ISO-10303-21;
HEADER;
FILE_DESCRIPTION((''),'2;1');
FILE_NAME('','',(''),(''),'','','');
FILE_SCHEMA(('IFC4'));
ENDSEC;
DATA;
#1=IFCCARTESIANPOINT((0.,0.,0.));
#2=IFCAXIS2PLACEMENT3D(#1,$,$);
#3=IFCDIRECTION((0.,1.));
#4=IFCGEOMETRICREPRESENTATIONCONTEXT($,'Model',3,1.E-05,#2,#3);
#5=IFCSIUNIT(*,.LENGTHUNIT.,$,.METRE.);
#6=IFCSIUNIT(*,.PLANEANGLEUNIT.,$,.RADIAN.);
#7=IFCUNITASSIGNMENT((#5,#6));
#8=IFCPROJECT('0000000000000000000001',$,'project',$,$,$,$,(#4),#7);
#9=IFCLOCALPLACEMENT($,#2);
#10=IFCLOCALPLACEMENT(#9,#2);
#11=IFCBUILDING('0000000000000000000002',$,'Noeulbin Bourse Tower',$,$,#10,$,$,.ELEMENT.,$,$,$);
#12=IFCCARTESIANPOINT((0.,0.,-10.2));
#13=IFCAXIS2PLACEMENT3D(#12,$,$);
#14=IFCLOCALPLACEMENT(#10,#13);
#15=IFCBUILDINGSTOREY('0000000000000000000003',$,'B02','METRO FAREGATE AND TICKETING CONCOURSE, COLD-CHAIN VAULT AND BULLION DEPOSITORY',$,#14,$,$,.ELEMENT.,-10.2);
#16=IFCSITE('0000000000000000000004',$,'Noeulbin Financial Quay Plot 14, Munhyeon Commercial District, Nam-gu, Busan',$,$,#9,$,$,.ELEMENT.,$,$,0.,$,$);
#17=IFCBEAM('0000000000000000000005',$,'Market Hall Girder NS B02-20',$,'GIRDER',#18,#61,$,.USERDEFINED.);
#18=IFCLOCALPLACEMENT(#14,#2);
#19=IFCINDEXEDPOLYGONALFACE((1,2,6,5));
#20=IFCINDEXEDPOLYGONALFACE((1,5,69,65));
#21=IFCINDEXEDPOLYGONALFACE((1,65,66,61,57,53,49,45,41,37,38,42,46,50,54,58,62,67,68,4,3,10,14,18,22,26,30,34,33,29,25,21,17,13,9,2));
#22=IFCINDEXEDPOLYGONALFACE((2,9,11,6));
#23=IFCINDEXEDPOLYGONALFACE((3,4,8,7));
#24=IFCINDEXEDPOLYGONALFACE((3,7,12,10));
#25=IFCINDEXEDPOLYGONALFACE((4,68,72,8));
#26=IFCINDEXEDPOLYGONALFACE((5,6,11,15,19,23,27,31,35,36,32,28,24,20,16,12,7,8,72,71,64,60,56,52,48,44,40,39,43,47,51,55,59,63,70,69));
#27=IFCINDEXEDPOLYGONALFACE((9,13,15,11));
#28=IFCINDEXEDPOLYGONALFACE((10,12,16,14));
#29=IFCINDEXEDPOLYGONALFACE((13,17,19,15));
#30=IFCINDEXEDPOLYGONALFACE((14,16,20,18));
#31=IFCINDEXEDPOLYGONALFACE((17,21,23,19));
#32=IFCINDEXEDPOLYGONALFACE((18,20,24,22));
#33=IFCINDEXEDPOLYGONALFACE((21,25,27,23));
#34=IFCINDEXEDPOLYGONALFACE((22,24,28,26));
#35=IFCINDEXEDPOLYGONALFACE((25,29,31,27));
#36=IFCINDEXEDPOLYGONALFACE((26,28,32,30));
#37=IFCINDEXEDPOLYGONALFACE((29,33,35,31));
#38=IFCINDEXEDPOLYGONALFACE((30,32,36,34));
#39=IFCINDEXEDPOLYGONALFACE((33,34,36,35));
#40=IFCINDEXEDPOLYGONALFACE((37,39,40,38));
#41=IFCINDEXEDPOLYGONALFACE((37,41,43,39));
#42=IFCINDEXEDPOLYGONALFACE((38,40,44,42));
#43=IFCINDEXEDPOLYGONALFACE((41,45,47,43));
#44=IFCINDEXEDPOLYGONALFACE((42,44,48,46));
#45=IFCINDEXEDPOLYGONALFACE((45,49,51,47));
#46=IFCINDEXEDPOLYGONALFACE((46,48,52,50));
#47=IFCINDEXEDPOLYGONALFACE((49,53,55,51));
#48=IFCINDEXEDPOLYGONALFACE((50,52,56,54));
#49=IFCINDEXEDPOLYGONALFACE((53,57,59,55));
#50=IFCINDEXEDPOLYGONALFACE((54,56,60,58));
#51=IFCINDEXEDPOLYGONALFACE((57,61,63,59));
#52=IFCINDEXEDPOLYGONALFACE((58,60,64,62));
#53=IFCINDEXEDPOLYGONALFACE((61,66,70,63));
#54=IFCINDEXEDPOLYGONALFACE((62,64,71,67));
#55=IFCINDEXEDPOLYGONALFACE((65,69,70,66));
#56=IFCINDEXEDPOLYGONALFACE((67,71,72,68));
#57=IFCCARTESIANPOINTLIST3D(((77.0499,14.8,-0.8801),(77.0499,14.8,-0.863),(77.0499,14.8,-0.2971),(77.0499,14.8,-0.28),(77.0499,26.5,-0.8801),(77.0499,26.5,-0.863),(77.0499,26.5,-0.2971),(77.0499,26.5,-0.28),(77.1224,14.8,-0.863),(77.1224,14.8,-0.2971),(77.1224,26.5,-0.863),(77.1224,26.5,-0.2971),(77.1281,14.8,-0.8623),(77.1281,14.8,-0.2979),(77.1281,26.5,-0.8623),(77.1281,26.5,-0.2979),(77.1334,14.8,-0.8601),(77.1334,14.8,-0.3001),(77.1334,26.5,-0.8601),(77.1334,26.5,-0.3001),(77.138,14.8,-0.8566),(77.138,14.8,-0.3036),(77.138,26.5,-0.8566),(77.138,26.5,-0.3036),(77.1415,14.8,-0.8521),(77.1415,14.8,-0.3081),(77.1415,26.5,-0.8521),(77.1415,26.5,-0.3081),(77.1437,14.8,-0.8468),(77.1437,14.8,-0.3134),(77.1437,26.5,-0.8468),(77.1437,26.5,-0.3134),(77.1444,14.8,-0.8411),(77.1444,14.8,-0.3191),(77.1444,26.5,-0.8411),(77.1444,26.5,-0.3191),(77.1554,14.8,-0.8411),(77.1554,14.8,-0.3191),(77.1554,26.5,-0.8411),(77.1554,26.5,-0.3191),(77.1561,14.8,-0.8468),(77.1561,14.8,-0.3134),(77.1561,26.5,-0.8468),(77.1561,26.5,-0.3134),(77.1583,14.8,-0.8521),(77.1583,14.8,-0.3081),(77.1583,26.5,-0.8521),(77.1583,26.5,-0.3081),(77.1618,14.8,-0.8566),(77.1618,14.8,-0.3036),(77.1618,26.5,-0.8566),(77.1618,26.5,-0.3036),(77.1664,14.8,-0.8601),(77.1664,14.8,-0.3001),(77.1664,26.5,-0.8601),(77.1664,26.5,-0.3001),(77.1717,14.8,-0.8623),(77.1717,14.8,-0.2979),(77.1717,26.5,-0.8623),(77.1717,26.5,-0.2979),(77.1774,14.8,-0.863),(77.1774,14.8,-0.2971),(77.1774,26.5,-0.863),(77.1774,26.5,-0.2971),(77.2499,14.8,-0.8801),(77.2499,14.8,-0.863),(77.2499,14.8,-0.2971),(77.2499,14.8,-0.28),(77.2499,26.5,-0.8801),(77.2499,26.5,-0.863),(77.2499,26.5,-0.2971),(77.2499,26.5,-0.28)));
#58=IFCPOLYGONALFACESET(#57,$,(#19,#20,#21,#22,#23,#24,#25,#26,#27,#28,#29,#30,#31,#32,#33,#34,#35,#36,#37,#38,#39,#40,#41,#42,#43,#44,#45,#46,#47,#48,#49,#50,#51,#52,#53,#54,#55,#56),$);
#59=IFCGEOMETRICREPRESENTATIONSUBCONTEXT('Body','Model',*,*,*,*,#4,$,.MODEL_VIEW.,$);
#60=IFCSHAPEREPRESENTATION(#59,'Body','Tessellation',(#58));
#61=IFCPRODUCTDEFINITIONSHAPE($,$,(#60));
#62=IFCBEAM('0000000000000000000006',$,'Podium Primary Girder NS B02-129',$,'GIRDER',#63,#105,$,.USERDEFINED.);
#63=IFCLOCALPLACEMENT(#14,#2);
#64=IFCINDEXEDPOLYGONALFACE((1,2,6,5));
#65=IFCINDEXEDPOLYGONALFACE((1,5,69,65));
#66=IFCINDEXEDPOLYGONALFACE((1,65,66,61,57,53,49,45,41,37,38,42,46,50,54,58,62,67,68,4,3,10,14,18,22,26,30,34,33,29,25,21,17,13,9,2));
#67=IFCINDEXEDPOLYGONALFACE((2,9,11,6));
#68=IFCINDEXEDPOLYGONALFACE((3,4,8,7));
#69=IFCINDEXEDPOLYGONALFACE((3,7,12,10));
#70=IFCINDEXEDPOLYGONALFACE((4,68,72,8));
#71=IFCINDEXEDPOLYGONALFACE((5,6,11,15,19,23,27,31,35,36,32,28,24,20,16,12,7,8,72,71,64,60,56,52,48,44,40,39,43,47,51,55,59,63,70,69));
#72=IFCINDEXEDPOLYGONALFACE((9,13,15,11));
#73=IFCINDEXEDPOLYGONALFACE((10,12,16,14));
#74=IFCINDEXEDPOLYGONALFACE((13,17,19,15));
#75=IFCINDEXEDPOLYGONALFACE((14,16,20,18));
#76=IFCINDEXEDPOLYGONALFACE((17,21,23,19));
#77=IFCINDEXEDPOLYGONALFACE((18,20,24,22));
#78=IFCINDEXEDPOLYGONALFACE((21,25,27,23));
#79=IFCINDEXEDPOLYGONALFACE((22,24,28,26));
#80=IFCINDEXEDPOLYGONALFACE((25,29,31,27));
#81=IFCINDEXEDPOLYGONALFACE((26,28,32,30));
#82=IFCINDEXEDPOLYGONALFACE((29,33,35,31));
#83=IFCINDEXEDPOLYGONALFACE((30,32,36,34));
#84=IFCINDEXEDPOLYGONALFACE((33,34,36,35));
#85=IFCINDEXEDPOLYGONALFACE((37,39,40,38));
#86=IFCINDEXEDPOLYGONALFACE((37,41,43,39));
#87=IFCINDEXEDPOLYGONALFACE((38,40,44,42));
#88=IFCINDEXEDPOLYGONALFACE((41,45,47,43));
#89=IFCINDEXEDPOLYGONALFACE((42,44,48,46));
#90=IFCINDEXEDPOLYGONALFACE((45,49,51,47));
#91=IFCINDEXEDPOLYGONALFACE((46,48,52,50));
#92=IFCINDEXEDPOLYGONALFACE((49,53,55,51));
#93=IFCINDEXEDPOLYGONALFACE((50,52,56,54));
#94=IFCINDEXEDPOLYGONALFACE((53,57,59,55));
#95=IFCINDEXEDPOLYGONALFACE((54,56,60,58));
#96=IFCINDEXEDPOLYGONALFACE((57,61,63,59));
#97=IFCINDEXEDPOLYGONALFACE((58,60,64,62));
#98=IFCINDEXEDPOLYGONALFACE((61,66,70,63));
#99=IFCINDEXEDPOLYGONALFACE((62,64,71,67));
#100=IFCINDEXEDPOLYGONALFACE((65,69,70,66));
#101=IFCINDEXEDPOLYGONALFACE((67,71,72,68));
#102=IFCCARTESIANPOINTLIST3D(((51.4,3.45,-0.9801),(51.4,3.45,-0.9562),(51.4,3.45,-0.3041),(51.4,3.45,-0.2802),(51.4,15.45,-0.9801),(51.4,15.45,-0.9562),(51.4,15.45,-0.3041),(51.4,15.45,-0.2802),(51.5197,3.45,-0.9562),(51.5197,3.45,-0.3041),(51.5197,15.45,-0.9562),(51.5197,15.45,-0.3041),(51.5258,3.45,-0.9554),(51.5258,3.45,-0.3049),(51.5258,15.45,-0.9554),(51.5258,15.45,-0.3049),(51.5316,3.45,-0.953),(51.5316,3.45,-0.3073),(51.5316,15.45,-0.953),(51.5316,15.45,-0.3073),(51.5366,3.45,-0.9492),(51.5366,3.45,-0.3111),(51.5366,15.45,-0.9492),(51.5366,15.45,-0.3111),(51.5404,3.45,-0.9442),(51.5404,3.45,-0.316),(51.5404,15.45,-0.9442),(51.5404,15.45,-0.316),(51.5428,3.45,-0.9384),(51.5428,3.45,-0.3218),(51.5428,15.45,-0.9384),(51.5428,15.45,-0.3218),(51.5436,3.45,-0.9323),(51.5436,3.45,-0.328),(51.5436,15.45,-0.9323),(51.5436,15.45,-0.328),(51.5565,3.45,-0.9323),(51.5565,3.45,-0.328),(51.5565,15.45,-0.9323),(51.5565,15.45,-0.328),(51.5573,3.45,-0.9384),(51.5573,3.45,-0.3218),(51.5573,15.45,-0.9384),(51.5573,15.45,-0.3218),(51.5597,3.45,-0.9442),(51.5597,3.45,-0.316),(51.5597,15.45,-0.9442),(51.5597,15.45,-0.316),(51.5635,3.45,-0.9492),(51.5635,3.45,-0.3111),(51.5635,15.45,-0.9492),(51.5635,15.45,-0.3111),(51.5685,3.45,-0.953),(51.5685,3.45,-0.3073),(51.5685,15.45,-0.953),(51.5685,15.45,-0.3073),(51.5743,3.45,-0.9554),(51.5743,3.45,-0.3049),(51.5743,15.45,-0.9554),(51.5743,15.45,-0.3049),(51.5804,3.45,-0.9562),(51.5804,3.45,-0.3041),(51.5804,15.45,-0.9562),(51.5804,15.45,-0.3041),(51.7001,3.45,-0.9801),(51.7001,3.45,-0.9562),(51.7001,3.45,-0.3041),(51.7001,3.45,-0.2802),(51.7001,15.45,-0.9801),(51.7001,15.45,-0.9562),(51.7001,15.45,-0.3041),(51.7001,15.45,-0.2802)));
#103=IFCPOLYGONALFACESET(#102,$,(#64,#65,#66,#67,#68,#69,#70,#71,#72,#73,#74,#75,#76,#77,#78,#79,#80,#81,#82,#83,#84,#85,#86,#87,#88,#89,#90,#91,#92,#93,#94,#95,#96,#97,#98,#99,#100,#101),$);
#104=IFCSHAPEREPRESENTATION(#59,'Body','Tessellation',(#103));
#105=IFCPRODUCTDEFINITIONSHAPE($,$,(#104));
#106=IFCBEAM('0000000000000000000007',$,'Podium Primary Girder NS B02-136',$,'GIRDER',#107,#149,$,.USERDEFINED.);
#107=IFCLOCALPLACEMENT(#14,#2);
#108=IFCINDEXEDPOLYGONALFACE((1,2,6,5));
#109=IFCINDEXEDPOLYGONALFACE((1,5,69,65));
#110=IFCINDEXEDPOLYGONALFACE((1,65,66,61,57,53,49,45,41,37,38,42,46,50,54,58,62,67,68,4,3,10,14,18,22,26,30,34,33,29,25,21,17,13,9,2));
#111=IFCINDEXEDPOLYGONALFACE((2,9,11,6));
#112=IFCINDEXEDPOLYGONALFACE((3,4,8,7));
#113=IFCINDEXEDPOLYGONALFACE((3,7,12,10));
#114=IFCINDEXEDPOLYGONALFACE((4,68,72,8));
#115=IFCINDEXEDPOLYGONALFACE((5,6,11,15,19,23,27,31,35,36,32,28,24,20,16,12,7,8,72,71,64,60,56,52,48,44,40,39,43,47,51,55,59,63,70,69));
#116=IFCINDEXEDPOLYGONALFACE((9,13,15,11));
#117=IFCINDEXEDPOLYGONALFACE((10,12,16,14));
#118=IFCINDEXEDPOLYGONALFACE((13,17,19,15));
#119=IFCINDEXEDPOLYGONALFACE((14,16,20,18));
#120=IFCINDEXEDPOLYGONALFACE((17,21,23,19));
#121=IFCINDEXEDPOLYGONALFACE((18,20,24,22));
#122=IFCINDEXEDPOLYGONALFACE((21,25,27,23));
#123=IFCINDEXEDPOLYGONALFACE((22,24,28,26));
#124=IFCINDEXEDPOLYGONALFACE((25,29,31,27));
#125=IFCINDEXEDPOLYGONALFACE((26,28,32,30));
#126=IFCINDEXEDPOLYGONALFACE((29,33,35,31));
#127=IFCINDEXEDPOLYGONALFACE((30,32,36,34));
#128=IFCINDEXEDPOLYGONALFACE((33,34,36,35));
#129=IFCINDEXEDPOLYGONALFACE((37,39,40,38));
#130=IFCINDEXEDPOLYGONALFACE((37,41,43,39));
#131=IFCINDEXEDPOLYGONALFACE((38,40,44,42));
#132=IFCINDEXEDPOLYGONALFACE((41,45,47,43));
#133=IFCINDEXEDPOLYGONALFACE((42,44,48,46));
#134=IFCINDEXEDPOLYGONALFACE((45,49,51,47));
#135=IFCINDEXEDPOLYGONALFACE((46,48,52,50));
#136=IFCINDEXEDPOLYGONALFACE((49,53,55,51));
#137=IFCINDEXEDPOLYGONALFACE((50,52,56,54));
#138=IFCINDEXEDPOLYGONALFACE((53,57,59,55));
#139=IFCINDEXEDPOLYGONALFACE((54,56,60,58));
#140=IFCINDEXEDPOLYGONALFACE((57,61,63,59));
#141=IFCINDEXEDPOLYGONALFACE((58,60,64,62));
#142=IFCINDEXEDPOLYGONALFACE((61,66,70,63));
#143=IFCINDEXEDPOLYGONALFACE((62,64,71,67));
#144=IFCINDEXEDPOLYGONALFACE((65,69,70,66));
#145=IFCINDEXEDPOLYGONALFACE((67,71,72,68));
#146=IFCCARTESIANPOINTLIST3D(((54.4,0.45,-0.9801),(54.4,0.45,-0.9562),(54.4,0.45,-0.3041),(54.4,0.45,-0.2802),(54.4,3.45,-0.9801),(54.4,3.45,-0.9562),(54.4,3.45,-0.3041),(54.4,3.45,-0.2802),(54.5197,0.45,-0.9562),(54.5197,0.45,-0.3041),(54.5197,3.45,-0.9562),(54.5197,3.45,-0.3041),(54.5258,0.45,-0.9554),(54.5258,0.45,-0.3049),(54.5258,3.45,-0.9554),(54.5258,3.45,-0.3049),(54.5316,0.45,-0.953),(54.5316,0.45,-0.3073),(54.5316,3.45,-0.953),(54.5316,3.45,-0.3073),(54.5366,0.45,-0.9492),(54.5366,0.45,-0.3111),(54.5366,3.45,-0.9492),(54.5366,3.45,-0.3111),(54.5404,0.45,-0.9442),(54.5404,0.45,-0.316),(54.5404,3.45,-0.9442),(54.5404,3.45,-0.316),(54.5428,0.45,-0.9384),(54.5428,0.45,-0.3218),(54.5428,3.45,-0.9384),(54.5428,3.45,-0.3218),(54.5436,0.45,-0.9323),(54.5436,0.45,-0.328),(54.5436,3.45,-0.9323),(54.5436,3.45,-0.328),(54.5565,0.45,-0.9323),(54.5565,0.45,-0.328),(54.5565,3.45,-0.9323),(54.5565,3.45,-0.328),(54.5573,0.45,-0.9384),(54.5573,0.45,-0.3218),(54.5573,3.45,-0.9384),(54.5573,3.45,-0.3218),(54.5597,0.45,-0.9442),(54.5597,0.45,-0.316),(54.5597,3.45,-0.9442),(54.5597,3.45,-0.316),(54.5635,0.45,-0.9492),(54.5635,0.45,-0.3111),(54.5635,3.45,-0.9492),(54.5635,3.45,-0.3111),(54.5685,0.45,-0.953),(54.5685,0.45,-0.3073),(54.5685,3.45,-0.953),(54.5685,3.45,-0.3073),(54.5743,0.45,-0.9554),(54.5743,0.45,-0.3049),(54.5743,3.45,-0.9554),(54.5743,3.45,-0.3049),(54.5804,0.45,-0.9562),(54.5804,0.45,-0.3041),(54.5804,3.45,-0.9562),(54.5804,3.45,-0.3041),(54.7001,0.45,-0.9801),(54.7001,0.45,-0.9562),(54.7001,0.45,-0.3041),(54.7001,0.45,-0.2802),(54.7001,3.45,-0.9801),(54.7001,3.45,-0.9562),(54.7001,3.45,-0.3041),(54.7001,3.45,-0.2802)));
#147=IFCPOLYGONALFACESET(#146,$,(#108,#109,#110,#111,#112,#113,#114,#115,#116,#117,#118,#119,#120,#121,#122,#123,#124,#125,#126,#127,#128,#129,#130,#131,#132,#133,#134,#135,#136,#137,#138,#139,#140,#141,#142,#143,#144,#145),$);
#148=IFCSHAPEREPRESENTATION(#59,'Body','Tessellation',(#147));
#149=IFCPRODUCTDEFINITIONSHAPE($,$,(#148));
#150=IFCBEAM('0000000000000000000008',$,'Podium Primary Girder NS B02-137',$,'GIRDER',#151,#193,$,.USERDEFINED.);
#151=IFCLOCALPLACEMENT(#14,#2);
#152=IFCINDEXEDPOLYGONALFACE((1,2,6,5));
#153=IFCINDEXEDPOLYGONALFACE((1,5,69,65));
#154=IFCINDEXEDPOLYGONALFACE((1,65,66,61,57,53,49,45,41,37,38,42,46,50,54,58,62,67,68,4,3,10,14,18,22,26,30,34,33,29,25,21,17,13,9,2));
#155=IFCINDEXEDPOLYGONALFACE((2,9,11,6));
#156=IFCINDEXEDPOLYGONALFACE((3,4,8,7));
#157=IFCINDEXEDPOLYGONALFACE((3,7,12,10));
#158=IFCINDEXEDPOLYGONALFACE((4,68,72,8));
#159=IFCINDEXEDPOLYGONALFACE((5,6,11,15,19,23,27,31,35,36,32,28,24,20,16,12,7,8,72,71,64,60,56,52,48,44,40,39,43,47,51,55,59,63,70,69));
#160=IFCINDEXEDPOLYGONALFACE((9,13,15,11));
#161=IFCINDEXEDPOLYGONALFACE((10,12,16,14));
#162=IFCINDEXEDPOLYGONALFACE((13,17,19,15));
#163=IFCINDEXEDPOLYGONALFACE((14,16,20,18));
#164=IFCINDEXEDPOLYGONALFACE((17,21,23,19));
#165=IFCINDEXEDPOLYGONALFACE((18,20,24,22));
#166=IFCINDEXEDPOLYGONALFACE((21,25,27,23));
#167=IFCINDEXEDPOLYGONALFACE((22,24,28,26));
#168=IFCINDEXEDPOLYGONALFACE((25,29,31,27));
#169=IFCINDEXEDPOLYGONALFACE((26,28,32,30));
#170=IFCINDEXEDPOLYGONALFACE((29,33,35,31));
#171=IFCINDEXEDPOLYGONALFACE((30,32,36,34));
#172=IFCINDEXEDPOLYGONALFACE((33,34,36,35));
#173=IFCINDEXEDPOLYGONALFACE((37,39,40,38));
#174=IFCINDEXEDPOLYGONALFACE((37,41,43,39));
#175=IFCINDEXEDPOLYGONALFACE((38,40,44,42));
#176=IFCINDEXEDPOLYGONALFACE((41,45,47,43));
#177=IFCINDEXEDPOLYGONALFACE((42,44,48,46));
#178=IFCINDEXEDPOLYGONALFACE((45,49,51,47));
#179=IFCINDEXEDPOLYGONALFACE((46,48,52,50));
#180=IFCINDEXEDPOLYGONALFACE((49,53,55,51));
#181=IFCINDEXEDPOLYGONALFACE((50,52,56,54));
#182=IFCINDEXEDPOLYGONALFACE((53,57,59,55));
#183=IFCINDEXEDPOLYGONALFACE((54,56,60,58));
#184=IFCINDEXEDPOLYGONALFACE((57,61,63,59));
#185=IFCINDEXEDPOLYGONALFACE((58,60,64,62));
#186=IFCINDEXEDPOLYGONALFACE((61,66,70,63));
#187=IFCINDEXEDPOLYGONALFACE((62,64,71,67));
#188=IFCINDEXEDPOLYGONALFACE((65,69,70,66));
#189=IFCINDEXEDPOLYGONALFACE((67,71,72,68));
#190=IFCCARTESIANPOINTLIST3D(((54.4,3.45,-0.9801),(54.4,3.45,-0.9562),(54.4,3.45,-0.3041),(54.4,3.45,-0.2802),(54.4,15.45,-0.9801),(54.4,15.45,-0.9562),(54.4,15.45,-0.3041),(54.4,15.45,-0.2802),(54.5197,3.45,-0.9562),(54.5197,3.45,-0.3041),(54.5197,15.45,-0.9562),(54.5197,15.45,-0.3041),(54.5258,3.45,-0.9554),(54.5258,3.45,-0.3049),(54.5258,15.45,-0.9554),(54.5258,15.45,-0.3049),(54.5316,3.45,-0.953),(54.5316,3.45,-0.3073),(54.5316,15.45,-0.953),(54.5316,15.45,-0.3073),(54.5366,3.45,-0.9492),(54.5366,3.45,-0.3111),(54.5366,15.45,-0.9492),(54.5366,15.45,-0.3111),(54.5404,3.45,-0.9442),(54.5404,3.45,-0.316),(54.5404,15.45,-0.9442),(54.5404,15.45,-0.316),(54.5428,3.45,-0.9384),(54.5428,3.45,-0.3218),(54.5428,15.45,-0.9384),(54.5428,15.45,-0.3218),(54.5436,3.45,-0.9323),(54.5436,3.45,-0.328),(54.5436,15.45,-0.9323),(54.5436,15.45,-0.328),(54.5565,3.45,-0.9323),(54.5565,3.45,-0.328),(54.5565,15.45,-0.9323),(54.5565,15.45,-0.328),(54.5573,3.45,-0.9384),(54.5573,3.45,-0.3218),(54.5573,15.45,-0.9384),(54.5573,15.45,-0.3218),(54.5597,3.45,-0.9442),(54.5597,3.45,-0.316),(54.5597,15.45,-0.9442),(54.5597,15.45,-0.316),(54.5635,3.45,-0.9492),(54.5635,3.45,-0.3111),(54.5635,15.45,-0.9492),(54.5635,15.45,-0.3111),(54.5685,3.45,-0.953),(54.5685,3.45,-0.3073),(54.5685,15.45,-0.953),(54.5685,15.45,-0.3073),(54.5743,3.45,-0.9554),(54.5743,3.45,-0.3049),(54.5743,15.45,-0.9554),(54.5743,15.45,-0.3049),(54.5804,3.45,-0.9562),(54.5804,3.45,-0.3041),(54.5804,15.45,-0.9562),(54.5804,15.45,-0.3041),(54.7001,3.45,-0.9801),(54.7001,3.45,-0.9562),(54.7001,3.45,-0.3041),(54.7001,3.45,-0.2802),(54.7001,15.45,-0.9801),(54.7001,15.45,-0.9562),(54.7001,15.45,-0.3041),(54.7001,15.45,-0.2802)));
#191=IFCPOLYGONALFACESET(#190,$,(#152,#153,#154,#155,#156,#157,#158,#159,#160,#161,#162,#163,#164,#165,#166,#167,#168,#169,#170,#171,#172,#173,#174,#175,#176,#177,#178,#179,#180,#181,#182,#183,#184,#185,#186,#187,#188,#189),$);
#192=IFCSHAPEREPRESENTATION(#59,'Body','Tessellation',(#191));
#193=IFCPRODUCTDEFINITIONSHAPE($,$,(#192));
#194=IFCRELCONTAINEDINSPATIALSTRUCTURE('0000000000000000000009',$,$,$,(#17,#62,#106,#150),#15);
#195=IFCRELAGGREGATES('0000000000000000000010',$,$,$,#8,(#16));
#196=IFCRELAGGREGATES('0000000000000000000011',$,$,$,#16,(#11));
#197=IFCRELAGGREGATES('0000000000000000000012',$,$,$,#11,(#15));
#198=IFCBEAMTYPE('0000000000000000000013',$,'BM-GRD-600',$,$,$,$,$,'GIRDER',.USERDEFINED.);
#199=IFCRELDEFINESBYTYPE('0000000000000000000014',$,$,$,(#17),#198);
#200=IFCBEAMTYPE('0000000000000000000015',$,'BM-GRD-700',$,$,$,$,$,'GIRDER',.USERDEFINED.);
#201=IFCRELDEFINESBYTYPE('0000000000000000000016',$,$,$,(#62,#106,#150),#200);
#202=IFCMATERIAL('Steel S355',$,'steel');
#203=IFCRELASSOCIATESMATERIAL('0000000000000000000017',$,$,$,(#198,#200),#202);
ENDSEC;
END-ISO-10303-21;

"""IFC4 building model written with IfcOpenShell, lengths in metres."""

from ifc_helpers import new_model, si_unit, direction, frame, origin, origin_2d, place, context, subcontext, project, spatial, i_section, extrude, material, material_profile, profile_set, type_object, element, save


model = new_model("IFC4")

# Units and contexts
model_context = context("Model", 3, precision=1e-05, world=origin(), true_north=direction((0.0, 1.0)))
body_context = subcontext(model_context, "Body", "Model", "MODEL_VIEW")
ifc_project = project(units=[si_unit("LENGTHUNIT", "METRE"), si_unit("PLANEANGLEUNIT", "RADIAN")], contexts=[model_context])

# Site, building, storey
site_placement = place(None, origin())
site = spatial("IfcSite", under=ifc_project, at=site_placement, Name="Noeulbin Financial Quay Plot 14, Munhyeon Commercial District, Nam-gu, Busan", CompositionType="ELEMENT", RefElevation=0.0)
building_placement = place(site_placement, origin())
building = spatial("IfcBuilding", under=site, at=building_placement, Name="Noeulbin Bourse Tower", CompositionType="ELEMENT")
storey_placement = place(building_placement, frame((0.0, 0.0, -10.2)))
storey = spatial("IfcBuildingStorey", under=building, at=storey_placement, Name="B02", Description="METRO FAREGATE AND TICKETING CONCOURSE, COLD-CHAIN VAULT AND BULLION DEPOSITORY", CompositionType="ELEMENT", Elevation=-10.2)

# Beams
ifc_material_1 = material(Name="Steel S355", Category="steel")
ifc_material_profile_1 = material_profile(ifc_material_1, i_section(OverallWidth=0.2, OverallDepth=0.6001, WebThickness=0.011, FlangeThickness=0.0171, FilletRadius=0.022, at=origin_2d()), Name="H-600x200x11x17", Category="LoadBearing")
ifc_profile_set_1 = profile_set([ifc_material_profile_1], Name="Steel S355")
beam_type_1 = type_object("IfcBeamType", Name="BM-GRD-600", ElementType="GIRDER", PredefinedType="USERDEFINED", material=ifc_profile_set_1)
beam_1_placement = place(storey_placement, frame((77.1499, 14.8, -0.5801), z_axis=(0.0, 1.0, 0.0), x_axis=(-1.0, 0.0, 0.0)))
element("IfcBeam", 1, at=beam_1_placement, inside=storey, type_object=beam_type_1, Name="Market Hall Girder NS B02-20", ObjectType="GIRDER", PredefinedType="USERDEFINED", context=body_context, shape_type="SweptSolid", body=[
    extrude(i_section(OverallWidth=0.2, OverallDepth=0.6001, WebThickness=0.011, FlangeThickness=0.0171, FilletRadius=0.022, at=origin_2d()), origin(), (0.0, 0.0, 1.0), 11.7),
])
ifc_material_profile_2 = material_profile(ifc_material_1, i_section(OverallWidth=0.3, OverallDepth=0.7, WebThickness=0.0129, FlangeThickness=0.0239, FilletRadius=0.0239, at=origin_2d()), Name="H-700x300x13x24", Category="LoadBearing")
ifc_profile_set_2 = profile_set([ifc_material_profile_2], Name="Steel S355")
beam_type_2 = type_object("IfcBeamType", Name="BM-GRD-700", ElementType="GIRDER", PredefinedType="USERDEFINED", material=ifc_profile_set_2)
beam_2_placement = place(storey_placement, frame((51.55, 3.45, -0.6301), z_axis=(0.0, 1.0, 0.0), x_axis=(-1.0, 0.0, 0.0)))
element("IfcBeam", 2, at=beam_2_placement, inside=storey, type_object=beam_type_2, Name="Podium Primary Girder NS B02-129", ObjectType="GIRDER", PredefinedType="USERDEFINED", context=body_context, shape_type="SweptSolid", body=[
    extrude(i_section(OverallWidth=0.3, OverallDepth=0.7, WebThickness=0.0129, FlangeThickness=0.0239, FilletRadius=0.0239, at=origin_2d()), origin(), (0.0, 0.0, 1.0), 12.0),
])
beam_3_placement = place(storey_placement, frame((54.55, 0.45, -0.6301), z_axis=(0.0, 1.0, 0.0), x_axis=(-1.0, 0.0, 0.0)))
element("IfcBeam", 3, at=beam_3_placement, inside=storey, type_object=beam_type_2, Name="Podium Primary Girder NS B02-136", ObjectType="GIRDER", PredefinedType="USERDEFINED", context=body_context, shape_type="SweptSolid", body=[
    extrude(i_section(OverallWidth=0.3, OverallDepth=0.7, WebThickness=0.0129, FlangeThickness=0.0239, FilletRadius=0.0239, at=origin_2d()), origin(), (0.0, 0.0, 1.0), 3.0),
])
beam_4_placement = place(storey_placement, frame((54.55, 3.45, -0.6301), z_axis=(0.0, 1.0, 0.0), x_axis=(-1.0, 0.0, 0.0)))
element("IfcBeam", 4, at=beam_4_placement, inside=storey, type_object=beam_type_2, Name="Podium Primary Girder NS B02-137", ObjectType="GIRDER", PredefinedType="USERDEFINED", context=body_context, shape_type="SweptSolid", body=[
    extrude(i_section(OverallWidth=0.3, OverallDepth=0.7, WebThickness=0.0129, FlangeThickness=0.0239, FilletRadius=0.0239, at=origin_2d()), origin(), (0.0, 0.0, 1.0), 12.0),
])

save(model, "model.ifc")
